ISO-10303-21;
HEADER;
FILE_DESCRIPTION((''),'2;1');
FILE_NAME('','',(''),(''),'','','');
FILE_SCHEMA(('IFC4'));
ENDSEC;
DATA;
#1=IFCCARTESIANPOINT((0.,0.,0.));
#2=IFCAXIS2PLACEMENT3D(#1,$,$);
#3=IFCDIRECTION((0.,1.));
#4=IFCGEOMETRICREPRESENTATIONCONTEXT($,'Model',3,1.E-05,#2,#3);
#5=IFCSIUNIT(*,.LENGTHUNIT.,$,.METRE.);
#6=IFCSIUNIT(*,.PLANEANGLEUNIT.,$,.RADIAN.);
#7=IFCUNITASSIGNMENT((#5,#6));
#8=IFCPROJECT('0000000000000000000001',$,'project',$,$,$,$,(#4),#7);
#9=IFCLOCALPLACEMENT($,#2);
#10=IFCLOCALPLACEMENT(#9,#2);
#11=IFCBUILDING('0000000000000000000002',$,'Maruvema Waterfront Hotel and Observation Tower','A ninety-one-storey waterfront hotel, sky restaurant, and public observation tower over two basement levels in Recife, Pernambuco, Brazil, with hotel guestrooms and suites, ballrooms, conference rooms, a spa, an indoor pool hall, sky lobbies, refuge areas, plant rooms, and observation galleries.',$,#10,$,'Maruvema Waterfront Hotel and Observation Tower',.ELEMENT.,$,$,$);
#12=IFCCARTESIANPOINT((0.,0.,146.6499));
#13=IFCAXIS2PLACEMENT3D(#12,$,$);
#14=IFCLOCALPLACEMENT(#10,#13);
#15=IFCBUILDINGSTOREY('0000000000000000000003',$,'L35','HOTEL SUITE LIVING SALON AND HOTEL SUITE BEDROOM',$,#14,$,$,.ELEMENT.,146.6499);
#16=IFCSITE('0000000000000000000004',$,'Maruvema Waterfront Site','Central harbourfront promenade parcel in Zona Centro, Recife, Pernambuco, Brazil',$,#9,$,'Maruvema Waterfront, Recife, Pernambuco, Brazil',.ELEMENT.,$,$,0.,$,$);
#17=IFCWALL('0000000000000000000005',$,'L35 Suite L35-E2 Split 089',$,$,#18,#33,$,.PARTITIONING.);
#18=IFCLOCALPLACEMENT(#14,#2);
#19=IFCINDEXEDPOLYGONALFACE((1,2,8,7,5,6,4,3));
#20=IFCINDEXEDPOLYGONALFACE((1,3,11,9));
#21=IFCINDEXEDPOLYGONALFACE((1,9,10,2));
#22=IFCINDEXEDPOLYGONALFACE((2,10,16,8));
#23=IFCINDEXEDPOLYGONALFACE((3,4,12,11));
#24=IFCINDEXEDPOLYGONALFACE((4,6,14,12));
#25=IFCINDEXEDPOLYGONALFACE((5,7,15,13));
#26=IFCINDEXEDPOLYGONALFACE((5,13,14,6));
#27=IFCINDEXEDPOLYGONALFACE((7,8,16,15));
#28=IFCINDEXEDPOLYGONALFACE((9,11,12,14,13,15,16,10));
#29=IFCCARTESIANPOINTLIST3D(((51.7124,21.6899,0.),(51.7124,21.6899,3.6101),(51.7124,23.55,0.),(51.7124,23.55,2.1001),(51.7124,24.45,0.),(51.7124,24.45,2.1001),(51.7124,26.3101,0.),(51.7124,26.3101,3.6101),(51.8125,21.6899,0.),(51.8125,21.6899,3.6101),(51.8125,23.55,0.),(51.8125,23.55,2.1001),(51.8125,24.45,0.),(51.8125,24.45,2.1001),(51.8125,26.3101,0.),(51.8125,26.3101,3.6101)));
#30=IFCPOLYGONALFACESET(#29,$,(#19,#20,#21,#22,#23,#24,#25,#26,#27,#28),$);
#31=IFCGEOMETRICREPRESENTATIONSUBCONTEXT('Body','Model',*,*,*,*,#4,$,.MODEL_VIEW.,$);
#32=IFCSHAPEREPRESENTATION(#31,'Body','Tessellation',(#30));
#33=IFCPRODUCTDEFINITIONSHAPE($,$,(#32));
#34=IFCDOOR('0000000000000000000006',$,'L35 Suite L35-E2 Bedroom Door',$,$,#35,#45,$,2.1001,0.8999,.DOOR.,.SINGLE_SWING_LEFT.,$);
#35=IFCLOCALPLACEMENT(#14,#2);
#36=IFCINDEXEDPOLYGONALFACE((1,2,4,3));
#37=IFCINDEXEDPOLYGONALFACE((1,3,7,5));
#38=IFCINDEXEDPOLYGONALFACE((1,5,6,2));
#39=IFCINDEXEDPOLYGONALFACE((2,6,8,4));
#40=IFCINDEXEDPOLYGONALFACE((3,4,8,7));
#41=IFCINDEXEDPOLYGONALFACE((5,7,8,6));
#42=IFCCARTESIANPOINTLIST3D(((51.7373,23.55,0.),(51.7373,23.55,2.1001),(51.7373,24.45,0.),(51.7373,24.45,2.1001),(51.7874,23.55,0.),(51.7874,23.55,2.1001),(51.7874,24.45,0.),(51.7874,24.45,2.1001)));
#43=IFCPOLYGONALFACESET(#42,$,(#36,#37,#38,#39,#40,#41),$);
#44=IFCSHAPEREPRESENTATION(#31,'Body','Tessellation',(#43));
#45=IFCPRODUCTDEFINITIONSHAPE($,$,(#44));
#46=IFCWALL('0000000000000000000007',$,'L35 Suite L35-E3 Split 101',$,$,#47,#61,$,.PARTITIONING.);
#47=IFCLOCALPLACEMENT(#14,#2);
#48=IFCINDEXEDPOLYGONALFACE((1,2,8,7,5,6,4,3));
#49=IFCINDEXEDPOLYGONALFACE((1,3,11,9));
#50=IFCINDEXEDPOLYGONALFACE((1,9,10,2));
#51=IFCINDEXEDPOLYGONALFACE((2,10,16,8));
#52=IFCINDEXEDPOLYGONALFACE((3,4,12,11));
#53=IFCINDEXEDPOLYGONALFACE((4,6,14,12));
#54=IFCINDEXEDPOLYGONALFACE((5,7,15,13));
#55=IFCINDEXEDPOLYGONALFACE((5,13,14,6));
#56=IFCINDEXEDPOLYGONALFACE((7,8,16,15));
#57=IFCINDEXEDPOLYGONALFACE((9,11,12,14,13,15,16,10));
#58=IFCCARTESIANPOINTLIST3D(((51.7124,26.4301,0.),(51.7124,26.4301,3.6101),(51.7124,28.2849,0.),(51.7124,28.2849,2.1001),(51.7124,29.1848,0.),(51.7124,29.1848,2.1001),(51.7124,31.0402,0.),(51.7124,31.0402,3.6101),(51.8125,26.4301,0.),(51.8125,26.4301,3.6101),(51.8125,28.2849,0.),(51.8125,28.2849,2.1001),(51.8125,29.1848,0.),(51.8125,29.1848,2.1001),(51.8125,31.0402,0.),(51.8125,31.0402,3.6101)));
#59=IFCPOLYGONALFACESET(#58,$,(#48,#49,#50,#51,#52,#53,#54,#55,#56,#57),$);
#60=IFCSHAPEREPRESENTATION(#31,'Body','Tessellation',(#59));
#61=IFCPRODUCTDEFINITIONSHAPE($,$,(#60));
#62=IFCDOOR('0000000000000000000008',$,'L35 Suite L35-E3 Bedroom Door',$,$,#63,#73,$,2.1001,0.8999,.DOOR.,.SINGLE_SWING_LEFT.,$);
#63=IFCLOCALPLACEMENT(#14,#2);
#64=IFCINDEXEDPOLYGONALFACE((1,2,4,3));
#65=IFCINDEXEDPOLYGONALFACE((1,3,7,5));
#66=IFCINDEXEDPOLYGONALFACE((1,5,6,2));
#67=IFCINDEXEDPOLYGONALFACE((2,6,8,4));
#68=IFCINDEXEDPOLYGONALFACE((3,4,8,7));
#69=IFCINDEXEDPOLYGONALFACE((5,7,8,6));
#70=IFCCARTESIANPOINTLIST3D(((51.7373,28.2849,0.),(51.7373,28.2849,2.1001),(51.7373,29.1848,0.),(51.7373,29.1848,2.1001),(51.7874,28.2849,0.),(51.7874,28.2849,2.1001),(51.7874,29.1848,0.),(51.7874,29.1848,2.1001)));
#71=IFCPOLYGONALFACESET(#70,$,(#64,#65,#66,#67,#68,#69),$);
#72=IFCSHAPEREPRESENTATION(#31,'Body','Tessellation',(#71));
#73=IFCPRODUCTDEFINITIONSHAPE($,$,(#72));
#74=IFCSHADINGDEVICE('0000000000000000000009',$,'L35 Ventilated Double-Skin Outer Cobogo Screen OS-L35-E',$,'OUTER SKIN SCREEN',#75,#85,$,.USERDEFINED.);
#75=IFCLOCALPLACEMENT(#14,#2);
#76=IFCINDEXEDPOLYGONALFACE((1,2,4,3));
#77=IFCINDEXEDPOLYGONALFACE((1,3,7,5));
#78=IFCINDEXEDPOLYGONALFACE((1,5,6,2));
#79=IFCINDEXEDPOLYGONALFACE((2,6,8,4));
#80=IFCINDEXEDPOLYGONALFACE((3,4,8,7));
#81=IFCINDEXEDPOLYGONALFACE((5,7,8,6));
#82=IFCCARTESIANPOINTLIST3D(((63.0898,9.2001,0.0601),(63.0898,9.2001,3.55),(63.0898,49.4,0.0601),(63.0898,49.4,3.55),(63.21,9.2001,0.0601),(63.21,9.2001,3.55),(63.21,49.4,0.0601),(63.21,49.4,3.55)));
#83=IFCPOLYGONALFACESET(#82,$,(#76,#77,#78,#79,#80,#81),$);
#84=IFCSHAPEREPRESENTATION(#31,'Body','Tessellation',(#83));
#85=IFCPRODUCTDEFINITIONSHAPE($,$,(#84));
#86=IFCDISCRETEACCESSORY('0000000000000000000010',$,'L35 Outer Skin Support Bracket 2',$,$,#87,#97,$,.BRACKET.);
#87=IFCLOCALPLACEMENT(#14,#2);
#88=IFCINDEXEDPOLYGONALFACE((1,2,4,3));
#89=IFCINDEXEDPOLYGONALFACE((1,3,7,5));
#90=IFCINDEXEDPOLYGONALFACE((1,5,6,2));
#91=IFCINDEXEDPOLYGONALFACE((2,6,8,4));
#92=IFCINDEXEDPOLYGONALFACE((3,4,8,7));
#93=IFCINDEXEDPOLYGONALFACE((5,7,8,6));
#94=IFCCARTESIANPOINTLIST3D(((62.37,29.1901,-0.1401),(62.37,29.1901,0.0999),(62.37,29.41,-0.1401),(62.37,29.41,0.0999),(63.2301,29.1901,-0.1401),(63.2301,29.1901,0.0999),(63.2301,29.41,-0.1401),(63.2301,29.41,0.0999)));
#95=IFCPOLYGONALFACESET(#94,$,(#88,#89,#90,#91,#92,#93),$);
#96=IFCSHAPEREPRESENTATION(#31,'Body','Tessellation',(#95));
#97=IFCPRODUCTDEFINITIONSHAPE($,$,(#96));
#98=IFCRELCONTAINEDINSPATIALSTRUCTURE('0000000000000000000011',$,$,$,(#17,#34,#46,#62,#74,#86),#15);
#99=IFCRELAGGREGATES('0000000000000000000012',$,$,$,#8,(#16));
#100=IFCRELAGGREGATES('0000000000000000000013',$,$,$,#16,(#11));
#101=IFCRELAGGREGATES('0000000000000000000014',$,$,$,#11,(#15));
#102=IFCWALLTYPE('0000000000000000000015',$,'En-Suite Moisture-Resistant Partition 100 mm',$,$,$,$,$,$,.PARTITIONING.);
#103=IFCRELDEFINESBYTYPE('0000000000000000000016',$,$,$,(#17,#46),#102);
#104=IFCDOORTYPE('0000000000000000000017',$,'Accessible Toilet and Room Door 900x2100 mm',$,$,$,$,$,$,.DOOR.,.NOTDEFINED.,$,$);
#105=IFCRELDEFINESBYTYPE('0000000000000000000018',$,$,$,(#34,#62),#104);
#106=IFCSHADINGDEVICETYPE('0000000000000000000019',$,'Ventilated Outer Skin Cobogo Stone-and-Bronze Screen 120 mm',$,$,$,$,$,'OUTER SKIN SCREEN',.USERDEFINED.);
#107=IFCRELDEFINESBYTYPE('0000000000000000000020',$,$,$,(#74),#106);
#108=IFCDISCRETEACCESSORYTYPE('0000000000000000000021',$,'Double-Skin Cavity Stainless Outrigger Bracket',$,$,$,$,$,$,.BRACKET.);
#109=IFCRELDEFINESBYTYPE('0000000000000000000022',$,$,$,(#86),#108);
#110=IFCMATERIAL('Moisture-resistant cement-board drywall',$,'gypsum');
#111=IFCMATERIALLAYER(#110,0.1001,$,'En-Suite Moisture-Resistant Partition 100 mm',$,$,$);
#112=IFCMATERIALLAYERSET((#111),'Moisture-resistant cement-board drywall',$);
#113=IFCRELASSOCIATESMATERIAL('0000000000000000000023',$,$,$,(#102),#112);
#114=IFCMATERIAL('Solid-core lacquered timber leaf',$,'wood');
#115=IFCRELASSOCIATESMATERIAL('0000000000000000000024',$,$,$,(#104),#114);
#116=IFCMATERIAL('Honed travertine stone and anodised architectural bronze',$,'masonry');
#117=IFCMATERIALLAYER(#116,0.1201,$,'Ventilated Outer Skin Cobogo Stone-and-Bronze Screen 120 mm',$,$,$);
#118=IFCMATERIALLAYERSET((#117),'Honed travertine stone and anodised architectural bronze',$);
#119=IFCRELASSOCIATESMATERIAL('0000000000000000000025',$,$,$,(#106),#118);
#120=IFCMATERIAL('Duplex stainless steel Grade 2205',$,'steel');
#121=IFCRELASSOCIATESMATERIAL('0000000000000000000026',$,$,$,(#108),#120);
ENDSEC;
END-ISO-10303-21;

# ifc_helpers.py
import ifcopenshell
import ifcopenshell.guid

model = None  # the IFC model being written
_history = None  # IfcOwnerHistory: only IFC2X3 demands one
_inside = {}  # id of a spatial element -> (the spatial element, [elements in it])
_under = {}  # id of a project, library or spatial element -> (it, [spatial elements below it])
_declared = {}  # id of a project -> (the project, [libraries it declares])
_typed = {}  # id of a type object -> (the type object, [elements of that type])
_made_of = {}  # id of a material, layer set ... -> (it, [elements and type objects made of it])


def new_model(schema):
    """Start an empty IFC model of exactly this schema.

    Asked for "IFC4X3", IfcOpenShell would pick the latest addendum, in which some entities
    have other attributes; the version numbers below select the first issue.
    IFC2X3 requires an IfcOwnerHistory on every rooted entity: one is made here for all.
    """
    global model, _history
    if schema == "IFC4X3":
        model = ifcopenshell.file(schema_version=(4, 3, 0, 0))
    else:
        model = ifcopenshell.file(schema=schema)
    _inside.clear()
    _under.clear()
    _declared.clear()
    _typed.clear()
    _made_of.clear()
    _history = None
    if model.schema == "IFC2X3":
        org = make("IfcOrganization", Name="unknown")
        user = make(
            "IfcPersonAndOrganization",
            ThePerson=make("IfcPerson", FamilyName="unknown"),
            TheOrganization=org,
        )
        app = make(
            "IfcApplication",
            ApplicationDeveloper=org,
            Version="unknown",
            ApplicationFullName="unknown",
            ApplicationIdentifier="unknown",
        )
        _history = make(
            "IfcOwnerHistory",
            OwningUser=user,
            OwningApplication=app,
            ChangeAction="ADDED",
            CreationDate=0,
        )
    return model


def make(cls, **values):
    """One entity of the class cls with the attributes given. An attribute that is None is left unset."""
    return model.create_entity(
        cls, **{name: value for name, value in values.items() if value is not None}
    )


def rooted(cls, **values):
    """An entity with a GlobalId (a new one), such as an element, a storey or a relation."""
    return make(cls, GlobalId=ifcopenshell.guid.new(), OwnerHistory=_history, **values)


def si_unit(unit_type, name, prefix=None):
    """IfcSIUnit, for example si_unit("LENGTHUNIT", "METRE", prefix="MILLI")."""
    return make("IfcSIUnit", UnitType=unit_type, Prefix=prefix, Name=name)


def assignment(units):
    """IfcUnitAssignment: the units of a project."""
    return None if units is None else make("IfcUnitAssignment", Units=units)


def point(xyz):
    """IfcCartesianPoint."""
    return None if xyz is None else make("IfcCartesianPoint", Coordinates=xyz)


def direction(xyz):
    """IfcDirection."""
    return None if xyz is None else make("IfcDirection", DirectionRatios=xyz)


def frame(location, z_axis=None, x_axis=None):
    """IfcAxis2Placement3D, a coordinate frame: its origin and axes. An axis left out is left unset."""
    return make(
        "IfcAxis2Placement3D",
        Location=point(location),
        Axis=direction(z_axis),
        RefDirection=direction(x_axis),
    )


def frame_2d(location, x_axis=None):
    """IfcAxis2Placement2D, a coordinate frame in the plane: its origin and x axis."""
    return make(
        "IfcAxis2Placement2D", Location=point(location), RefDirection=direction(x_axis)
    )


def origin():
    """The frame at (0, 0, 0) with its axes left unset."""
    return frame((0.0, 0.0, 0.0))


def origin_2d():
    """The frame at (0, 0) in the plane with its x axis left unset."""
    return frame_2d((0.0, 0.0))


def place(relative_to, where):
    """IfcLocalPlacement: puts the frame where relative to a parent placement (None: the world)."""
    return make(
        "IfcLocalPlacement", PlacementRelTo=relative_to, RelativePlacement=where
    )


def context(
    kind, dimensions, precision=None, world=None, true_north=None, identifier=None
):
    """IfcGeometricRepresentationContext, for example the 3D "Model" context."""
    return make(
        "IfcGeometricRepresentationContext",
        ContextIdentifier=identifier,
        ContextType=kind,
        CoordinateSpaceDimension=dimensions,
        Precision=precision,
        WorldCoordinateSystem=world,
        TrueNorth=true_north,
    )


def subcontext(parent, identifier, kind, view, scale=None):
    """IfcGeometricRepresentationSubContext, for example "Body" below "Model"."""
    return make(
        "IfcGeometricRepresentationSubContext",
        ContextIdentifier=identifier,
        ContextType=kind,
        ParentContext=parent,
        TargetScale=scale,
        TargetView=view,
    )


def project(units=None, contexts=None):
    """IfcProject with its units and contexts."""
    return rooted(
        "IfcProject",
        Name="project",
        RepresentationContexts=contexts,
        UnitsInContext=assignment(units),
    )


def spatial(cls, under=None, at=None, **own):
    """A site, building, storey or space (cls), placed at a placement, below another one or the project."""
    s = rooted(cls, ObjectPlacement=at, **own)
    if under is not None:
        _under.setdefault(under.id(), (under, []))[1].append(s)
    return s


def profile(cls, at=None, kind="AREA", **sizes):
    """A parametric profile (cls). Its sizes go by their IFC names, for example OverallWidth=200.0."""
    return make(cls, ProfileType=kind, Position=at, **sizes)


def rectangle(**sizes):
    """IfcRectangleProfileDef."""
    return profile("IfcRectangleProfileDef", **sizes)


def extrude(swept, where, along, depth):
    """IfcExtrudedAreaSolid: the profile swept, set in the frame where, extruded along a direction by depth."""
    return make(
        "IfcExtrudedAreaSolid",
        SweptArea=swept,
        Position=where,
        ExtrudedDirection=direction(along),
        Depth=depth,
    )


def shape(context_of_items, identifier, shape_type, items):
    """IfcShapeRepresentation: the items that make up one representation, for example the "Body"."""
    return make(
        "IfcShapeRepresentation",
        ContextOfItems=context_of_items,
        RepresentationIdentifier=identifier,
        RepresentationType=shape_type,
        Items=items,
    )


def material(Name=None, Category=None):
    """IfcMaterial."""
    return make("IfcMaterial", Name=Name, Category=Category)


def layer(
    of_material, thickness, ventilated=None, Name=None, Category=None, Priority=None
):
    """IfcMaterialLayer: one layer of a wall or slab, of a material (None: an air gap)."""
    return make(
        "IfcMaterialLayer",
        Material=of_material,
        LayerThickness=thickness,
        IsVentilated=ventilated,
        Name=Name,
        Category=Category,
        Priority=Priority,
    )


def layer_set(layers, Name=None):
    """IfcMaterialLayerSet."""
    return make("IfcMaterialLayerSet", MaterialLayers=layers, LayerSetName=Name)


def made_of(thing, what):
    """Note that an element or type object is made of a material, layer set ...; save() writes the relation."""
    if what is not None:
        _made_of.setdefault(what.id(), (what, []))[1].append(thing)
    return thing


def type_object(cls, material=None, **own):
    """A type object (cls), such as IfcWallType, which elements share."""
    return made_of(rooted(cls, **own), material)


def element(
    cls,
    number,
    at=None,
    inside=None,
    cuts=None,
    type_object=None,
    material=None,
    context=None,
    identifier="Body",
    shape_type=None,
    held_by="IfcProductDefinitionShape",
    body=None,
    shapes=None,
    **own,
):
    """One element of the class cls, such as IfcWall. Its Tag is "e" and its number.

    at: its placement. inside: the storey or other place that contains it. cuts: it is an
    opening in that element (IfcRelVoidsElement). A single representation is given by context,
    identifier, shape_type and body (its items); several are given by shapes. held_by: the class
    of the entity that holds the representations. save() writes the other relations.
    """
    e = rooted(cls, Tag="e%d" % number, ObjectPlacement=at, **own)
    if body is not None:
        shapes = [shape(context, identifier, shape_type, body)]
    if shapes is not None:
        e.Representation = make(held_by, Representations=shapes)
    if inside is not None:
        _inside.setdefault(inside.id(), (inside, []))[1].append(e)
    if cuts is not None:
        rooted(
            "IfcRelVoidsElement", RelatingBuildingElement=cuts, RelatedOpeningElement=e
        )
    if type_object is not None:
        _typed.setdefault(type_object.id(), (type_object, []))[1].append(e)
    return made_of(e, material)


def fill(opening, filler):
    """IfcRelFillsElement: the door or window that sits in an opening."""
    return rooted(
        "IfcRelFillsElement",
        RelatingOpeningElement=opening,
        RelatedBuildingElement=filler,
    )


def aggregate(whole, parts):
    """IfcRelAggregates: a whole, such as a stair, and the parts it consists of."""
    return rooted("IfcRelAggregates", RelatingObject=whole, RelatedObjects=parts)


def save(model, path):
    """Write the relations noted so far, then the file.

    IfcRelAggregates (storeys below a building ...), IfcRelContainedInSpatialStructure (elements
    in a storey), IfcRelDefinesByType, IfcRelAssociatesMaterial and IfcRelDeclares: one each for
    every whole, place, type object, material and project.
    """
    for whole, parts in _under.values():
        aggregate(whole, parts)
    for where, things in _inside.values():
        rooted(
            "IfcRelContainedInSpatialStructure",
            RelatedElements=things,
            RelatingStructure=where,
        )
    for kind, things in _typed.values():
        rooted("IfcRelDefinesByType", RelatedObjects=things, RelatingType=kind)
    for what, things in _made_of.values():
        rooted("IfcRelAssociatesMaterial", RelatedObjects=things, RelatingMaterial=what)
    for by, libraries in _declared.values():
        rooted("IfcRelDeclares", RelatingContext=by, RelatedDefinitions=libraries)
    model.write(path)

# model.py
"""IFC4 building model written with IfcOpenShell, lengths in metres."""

from ifc_helpers import new_model, si_unit, direction, frame, frame_2d, origin, origin_2d, place, context, subcontext, project, spatial, rectangle, extrude, material, layer, layer_set, type_object, element, fill, save


model = new_model("IFC4")

# Units and contexts
model_context = context("Model", 3, precision=1e-05, world=origin(), true_north=direction((0.0, 1.0)))
body_context = subcontext(model_context, "Body", "Model", "MODEL_VIEW")
ifc_project = project(units=[si_unit("LENGTHUNIT", "METRE"), si_unit("PLANEANGLEUNIT", "RADIAN")], contexts=[model_context])

# Site, building, storey
site_placement = place(None, origin())
site = spatial("IfcSite", under=ifc_project, at=site_placement, Name="Maruvema Waterfront Site", Description="Central harbourfront promenade parcel in Zona Centro, Recife, Pernambuco, Brazil", LongName="Maruvema Waterfront, Recife, Pernambuco, Brazil", CompositionType="ELEMENT", RefElevation=0.0)
building_placement = place(site_placement, origin())
building = spatial("IfcBuilding", under=site, at=building_placement, Name="Maruvema Waterfront Hotel and Observation Tower", Description="A ninety-one-storey waterfront hotel, sky restaurant, and public observation tower over two basement levels in Recife, Pernambuco, Brazil, with hotel guestrooms and suites, ballrooms, conference rooms, a spa, an indoor pool hall, sky lobbies, refuge areas, plant rooms, and observation galleries.", LongName="Maruvema Waterfront Hotel and Observation Tower", CompositionType="ELEMENT")
storey_placement = place(building_placement, frame((0.0, 0.0, 146.6499)))
storey = spatial("IfcBuildingStorey", under=building, at=storey_placement, Name="L35", Description="HOTEL SUITE LIVING SALON AND HOTEL SUITE BEDROOM", CompositionType="ELEMENT", Elevation=146.6499)

# Walls, openings, doors
ifc_material_1 = material(Name="Moisture-resistant cement-board drywall", Category="gypsum")
ifc_layer_1 = layer(ifc_material_1, 0.1001, Name="En-Suite Moisture-Resistant Partition 100 mm")
ifc_layer_set_1 = layer_set([ifc_layer_1], Name="Moisture-resistant cement-board drywall")
wall_type = type_object("IfcWallType", Name="En-Suite Moisture-Resistant Partition 100 mm", PredefinedType="PARTITIONING", material=ifc_layer_set_1)
wall_1_placement = place(storey_placement, frame((51.7625, 21.6899, 0.0), z_axis=(0.0, 0.0, 1.0), x_axis=(0.0, 1.0, 0.0)))
wall_1 = element("IfcWall", 1, at=wall_1_placement, inside=storey, type_object=wall_type, Name="L35 Suite L35-E2 Split 089", PredefinedType="PARTITIONING", context=body_context, shape_type="SweptSolid", body=[
    extrude(rectangle(XDim=4.6201, YDim=0.1001, at=frame_2d((2.3101, 0.0))), origin(), (0.0, 0.0, 1.0), 3.6101),
])
opening_1_placement = place(wall_1_placement, frame((1.8601, 0.0, 0.0)))
opening_1 = element("IfcOpeningElement", 2, at=opening_1_placement, cuts=wall_1, PredefinedType="OPENING", context=body_context, shape_type="SweptSolid", body=[
    extrude(rectangle(XDim=0.8999, YDim=2.1001, at=frame_2d((0.45, 1.05))), frame((0.0, 0.0601, 0.0), z_axis=(0.0, -1.0, 0.0), x_axis=(1.0, 0.0, 0.0)), (0.0, 0.0, 1.0), 0.1201),
])
ifc_material_2 = material(Name="Solid-core lacquered timber leaf", Category="wood")
door_type = type_object("IfcDoorType", Name="Accessible Toilet and Room Door 900x2100 mm", OperationType="NOTDEFINED", PredefinedType="DOOR", material=ifc_material_2)
door_1_placement = place(opening_1_placement, frame((0.8999, 0.0, 0.0), z_axis=(0.0, 0.0, 1.0), x_axis=(-1.0, 0.0, 0.0)))
door_1 = element("IfcDoor", 3, at=door_1_placement, inside=storey, type_object=door_type, Name="L35 Suite L35-E2 Bedroom Door", OperationType="SINGLE_SWING_LEFT", OverallHeight=2.1001, OverallWidth=0.8999, PredefinedType="DOOR", context=body_context, shape_type="SweptSolid", body=[
    extrude(rectangle(XDim=0.8999, YDim=2.1001, at=frame_2d((0.45, 1.05))), frame((0.0, 0.0249, 0.0), z_axis=(0.0, -1.0, 0.0), x_axis=(1.0, 0.0, 0.0)), (0.0, 0.0, 1.0), 0.05),
])
fill(opening_1, door_1)
wall_2_placement = place(storey_placement, frame((51.7625, 26.4299, 0.0), z_axis=(0.0, 0.0, 1.0), x_axis=(0.0, 1.0, 0.0)))
wall_2 = element("IfcWall", 4, at=wall_2_placement, inside=storey, type_object=wall_type, Name="L35 Suite L35-E3 Split 101", PredefinedType="PARTITIONING", context=body_context, shape_type="SweptSolid", body=[
    extrude(rectangle(XDim=4.6101, YDim=0.1001, at=frame_2d((2.3052, 0.0))), origin(), (0.0, 0.0, 1.0), 3.6101),
])
opening_2_placement = place(wall_2_placement, frame((1.855, 0.0, 0.0)))
opening_2 = element("IfcOpeningElement", 5, at=opening_2_placement, cuts=wall_2, PredefinedType="OPENING", context=body_context, shape_type="SweptSolid", body=[
    extrude(rectangle(XDim=0.8999, YDim=2.1001, at=frame_2d((0.45, 1.05))), frame((0.0, 0.0601, 0.0), z_axis=(0.0, -1.0, 0.0), x_axis=(1.0, 0.0, 0.0)), (0.0, 0.0, 1.0), 0.1201),
])
door_2_placement = place(opening_2_placement, frame((0.8999, 0.0, 0.0), z_axis=(0.0, 0.0, 1.0), x_axis=(-1.0, 0.0, 0.0)))
door_2 = element("IfcDoor", 6, at=door_2_placement, inside=storey, type_object=door_type, Name="L35 Suite L35-E3 Bedroom Door", OperationType="SINGLE_SWING_LEFT", OverallHeight=2.1001, OverallWidth=0.8999, PredefinedType="DOOR", context=body_context, shape_type="SweptSolid", body=[
    extrude(rectangle(XDim=0.8999, YDim=2.1001, at=frame_2d((0.45, 1.05))), frame((0.0, 0.0249, 0.0), z_axis=(0.0, -1.0, 0.0), x_axis=(1.0, 0.0, 0.0)), (0.0, 0.0, 1.0), 0.05),
])
fill(opening_2, door_2)

# Shading device
ifc_material_3 = material(Name="Honed travertine stone and anodised architectural bronze", Category="masonry")
ifc_layer_2 = layer(ifc_material_3, 0.1201, Name="Ventilated Outer Skin Cobogo Stone-and-Bronze Screen 120 mm")
ifc_layer_set_2 = layer_set([ifc_layer_2], Name="Honed travertine stone and anodised architectural bronze")
shading_device_type = type_object("IfcShadingDeviceType", Name="Ventilated Outer Skin Cobogo Stone-and-Bronze Screen 120 mm", ElementType="OUTER SKIN SCREEN", PredefinedType="USERDEFINED", material=ifc_layer_set_2)
shading_device_placement = place(storey_placement, frame((63.1499, 29.3, 0.0601), z_axis=(0.0, 0.0, 1.0), x_axis=(0.0, 1.0, 0.0)))
element("IfcShadingDevice", 7, at=shading_device_placement, inside=storey, type_object=shading_device_type, Name="L35 Ventilated Double-Skin Outer Cobogo Screen OS-L35-E", ObjectType="OUTER SKIN SCREEN", PredefinedType="USERDEFINED", context=body_context, shape_type="SweptSolid", body=[
    extrude(rectangle(XDim=40.2, YDim=0.1201, at=origin_2d()), origin(), (0.0, 0.0, 1.0), 3.49),
])

# Discrete accessory
ifc_material_4 = material(Name="Duplex stainless steel Grade 2205", Category="steel")
discrete_accessory_type = type_object("IfcDiscreteAccessoryType", Name="Double-Skin Cavity Stainless Outrigger Bracket", PredefinedType="BRACKET", material=ifc_material_4)
discrete_accessory_placement = place(storey_placement, frame((62.8, 29.3, -0.1401), z_axis=(0.0, 0.0, 1.0), x_axis=(0.0, 1.0, 0.0)))
element("IfcDiscreteAccessory", 8, at=discrete_accessory_placement, inside=storey, type_object=discrete_accessory_type, Name="L35 Outer Skin Support Bracket 2", PredefinedType="BRACKET", context=body_context, shape_type="SweptSolid", body=[
    extrude(rectangle(XDim=0.22, YDim=0.8601, at=origin_2d()), origin(), (0.0, 0.0, 1.0), 0.24),
])

save(model, "model.ifc")
